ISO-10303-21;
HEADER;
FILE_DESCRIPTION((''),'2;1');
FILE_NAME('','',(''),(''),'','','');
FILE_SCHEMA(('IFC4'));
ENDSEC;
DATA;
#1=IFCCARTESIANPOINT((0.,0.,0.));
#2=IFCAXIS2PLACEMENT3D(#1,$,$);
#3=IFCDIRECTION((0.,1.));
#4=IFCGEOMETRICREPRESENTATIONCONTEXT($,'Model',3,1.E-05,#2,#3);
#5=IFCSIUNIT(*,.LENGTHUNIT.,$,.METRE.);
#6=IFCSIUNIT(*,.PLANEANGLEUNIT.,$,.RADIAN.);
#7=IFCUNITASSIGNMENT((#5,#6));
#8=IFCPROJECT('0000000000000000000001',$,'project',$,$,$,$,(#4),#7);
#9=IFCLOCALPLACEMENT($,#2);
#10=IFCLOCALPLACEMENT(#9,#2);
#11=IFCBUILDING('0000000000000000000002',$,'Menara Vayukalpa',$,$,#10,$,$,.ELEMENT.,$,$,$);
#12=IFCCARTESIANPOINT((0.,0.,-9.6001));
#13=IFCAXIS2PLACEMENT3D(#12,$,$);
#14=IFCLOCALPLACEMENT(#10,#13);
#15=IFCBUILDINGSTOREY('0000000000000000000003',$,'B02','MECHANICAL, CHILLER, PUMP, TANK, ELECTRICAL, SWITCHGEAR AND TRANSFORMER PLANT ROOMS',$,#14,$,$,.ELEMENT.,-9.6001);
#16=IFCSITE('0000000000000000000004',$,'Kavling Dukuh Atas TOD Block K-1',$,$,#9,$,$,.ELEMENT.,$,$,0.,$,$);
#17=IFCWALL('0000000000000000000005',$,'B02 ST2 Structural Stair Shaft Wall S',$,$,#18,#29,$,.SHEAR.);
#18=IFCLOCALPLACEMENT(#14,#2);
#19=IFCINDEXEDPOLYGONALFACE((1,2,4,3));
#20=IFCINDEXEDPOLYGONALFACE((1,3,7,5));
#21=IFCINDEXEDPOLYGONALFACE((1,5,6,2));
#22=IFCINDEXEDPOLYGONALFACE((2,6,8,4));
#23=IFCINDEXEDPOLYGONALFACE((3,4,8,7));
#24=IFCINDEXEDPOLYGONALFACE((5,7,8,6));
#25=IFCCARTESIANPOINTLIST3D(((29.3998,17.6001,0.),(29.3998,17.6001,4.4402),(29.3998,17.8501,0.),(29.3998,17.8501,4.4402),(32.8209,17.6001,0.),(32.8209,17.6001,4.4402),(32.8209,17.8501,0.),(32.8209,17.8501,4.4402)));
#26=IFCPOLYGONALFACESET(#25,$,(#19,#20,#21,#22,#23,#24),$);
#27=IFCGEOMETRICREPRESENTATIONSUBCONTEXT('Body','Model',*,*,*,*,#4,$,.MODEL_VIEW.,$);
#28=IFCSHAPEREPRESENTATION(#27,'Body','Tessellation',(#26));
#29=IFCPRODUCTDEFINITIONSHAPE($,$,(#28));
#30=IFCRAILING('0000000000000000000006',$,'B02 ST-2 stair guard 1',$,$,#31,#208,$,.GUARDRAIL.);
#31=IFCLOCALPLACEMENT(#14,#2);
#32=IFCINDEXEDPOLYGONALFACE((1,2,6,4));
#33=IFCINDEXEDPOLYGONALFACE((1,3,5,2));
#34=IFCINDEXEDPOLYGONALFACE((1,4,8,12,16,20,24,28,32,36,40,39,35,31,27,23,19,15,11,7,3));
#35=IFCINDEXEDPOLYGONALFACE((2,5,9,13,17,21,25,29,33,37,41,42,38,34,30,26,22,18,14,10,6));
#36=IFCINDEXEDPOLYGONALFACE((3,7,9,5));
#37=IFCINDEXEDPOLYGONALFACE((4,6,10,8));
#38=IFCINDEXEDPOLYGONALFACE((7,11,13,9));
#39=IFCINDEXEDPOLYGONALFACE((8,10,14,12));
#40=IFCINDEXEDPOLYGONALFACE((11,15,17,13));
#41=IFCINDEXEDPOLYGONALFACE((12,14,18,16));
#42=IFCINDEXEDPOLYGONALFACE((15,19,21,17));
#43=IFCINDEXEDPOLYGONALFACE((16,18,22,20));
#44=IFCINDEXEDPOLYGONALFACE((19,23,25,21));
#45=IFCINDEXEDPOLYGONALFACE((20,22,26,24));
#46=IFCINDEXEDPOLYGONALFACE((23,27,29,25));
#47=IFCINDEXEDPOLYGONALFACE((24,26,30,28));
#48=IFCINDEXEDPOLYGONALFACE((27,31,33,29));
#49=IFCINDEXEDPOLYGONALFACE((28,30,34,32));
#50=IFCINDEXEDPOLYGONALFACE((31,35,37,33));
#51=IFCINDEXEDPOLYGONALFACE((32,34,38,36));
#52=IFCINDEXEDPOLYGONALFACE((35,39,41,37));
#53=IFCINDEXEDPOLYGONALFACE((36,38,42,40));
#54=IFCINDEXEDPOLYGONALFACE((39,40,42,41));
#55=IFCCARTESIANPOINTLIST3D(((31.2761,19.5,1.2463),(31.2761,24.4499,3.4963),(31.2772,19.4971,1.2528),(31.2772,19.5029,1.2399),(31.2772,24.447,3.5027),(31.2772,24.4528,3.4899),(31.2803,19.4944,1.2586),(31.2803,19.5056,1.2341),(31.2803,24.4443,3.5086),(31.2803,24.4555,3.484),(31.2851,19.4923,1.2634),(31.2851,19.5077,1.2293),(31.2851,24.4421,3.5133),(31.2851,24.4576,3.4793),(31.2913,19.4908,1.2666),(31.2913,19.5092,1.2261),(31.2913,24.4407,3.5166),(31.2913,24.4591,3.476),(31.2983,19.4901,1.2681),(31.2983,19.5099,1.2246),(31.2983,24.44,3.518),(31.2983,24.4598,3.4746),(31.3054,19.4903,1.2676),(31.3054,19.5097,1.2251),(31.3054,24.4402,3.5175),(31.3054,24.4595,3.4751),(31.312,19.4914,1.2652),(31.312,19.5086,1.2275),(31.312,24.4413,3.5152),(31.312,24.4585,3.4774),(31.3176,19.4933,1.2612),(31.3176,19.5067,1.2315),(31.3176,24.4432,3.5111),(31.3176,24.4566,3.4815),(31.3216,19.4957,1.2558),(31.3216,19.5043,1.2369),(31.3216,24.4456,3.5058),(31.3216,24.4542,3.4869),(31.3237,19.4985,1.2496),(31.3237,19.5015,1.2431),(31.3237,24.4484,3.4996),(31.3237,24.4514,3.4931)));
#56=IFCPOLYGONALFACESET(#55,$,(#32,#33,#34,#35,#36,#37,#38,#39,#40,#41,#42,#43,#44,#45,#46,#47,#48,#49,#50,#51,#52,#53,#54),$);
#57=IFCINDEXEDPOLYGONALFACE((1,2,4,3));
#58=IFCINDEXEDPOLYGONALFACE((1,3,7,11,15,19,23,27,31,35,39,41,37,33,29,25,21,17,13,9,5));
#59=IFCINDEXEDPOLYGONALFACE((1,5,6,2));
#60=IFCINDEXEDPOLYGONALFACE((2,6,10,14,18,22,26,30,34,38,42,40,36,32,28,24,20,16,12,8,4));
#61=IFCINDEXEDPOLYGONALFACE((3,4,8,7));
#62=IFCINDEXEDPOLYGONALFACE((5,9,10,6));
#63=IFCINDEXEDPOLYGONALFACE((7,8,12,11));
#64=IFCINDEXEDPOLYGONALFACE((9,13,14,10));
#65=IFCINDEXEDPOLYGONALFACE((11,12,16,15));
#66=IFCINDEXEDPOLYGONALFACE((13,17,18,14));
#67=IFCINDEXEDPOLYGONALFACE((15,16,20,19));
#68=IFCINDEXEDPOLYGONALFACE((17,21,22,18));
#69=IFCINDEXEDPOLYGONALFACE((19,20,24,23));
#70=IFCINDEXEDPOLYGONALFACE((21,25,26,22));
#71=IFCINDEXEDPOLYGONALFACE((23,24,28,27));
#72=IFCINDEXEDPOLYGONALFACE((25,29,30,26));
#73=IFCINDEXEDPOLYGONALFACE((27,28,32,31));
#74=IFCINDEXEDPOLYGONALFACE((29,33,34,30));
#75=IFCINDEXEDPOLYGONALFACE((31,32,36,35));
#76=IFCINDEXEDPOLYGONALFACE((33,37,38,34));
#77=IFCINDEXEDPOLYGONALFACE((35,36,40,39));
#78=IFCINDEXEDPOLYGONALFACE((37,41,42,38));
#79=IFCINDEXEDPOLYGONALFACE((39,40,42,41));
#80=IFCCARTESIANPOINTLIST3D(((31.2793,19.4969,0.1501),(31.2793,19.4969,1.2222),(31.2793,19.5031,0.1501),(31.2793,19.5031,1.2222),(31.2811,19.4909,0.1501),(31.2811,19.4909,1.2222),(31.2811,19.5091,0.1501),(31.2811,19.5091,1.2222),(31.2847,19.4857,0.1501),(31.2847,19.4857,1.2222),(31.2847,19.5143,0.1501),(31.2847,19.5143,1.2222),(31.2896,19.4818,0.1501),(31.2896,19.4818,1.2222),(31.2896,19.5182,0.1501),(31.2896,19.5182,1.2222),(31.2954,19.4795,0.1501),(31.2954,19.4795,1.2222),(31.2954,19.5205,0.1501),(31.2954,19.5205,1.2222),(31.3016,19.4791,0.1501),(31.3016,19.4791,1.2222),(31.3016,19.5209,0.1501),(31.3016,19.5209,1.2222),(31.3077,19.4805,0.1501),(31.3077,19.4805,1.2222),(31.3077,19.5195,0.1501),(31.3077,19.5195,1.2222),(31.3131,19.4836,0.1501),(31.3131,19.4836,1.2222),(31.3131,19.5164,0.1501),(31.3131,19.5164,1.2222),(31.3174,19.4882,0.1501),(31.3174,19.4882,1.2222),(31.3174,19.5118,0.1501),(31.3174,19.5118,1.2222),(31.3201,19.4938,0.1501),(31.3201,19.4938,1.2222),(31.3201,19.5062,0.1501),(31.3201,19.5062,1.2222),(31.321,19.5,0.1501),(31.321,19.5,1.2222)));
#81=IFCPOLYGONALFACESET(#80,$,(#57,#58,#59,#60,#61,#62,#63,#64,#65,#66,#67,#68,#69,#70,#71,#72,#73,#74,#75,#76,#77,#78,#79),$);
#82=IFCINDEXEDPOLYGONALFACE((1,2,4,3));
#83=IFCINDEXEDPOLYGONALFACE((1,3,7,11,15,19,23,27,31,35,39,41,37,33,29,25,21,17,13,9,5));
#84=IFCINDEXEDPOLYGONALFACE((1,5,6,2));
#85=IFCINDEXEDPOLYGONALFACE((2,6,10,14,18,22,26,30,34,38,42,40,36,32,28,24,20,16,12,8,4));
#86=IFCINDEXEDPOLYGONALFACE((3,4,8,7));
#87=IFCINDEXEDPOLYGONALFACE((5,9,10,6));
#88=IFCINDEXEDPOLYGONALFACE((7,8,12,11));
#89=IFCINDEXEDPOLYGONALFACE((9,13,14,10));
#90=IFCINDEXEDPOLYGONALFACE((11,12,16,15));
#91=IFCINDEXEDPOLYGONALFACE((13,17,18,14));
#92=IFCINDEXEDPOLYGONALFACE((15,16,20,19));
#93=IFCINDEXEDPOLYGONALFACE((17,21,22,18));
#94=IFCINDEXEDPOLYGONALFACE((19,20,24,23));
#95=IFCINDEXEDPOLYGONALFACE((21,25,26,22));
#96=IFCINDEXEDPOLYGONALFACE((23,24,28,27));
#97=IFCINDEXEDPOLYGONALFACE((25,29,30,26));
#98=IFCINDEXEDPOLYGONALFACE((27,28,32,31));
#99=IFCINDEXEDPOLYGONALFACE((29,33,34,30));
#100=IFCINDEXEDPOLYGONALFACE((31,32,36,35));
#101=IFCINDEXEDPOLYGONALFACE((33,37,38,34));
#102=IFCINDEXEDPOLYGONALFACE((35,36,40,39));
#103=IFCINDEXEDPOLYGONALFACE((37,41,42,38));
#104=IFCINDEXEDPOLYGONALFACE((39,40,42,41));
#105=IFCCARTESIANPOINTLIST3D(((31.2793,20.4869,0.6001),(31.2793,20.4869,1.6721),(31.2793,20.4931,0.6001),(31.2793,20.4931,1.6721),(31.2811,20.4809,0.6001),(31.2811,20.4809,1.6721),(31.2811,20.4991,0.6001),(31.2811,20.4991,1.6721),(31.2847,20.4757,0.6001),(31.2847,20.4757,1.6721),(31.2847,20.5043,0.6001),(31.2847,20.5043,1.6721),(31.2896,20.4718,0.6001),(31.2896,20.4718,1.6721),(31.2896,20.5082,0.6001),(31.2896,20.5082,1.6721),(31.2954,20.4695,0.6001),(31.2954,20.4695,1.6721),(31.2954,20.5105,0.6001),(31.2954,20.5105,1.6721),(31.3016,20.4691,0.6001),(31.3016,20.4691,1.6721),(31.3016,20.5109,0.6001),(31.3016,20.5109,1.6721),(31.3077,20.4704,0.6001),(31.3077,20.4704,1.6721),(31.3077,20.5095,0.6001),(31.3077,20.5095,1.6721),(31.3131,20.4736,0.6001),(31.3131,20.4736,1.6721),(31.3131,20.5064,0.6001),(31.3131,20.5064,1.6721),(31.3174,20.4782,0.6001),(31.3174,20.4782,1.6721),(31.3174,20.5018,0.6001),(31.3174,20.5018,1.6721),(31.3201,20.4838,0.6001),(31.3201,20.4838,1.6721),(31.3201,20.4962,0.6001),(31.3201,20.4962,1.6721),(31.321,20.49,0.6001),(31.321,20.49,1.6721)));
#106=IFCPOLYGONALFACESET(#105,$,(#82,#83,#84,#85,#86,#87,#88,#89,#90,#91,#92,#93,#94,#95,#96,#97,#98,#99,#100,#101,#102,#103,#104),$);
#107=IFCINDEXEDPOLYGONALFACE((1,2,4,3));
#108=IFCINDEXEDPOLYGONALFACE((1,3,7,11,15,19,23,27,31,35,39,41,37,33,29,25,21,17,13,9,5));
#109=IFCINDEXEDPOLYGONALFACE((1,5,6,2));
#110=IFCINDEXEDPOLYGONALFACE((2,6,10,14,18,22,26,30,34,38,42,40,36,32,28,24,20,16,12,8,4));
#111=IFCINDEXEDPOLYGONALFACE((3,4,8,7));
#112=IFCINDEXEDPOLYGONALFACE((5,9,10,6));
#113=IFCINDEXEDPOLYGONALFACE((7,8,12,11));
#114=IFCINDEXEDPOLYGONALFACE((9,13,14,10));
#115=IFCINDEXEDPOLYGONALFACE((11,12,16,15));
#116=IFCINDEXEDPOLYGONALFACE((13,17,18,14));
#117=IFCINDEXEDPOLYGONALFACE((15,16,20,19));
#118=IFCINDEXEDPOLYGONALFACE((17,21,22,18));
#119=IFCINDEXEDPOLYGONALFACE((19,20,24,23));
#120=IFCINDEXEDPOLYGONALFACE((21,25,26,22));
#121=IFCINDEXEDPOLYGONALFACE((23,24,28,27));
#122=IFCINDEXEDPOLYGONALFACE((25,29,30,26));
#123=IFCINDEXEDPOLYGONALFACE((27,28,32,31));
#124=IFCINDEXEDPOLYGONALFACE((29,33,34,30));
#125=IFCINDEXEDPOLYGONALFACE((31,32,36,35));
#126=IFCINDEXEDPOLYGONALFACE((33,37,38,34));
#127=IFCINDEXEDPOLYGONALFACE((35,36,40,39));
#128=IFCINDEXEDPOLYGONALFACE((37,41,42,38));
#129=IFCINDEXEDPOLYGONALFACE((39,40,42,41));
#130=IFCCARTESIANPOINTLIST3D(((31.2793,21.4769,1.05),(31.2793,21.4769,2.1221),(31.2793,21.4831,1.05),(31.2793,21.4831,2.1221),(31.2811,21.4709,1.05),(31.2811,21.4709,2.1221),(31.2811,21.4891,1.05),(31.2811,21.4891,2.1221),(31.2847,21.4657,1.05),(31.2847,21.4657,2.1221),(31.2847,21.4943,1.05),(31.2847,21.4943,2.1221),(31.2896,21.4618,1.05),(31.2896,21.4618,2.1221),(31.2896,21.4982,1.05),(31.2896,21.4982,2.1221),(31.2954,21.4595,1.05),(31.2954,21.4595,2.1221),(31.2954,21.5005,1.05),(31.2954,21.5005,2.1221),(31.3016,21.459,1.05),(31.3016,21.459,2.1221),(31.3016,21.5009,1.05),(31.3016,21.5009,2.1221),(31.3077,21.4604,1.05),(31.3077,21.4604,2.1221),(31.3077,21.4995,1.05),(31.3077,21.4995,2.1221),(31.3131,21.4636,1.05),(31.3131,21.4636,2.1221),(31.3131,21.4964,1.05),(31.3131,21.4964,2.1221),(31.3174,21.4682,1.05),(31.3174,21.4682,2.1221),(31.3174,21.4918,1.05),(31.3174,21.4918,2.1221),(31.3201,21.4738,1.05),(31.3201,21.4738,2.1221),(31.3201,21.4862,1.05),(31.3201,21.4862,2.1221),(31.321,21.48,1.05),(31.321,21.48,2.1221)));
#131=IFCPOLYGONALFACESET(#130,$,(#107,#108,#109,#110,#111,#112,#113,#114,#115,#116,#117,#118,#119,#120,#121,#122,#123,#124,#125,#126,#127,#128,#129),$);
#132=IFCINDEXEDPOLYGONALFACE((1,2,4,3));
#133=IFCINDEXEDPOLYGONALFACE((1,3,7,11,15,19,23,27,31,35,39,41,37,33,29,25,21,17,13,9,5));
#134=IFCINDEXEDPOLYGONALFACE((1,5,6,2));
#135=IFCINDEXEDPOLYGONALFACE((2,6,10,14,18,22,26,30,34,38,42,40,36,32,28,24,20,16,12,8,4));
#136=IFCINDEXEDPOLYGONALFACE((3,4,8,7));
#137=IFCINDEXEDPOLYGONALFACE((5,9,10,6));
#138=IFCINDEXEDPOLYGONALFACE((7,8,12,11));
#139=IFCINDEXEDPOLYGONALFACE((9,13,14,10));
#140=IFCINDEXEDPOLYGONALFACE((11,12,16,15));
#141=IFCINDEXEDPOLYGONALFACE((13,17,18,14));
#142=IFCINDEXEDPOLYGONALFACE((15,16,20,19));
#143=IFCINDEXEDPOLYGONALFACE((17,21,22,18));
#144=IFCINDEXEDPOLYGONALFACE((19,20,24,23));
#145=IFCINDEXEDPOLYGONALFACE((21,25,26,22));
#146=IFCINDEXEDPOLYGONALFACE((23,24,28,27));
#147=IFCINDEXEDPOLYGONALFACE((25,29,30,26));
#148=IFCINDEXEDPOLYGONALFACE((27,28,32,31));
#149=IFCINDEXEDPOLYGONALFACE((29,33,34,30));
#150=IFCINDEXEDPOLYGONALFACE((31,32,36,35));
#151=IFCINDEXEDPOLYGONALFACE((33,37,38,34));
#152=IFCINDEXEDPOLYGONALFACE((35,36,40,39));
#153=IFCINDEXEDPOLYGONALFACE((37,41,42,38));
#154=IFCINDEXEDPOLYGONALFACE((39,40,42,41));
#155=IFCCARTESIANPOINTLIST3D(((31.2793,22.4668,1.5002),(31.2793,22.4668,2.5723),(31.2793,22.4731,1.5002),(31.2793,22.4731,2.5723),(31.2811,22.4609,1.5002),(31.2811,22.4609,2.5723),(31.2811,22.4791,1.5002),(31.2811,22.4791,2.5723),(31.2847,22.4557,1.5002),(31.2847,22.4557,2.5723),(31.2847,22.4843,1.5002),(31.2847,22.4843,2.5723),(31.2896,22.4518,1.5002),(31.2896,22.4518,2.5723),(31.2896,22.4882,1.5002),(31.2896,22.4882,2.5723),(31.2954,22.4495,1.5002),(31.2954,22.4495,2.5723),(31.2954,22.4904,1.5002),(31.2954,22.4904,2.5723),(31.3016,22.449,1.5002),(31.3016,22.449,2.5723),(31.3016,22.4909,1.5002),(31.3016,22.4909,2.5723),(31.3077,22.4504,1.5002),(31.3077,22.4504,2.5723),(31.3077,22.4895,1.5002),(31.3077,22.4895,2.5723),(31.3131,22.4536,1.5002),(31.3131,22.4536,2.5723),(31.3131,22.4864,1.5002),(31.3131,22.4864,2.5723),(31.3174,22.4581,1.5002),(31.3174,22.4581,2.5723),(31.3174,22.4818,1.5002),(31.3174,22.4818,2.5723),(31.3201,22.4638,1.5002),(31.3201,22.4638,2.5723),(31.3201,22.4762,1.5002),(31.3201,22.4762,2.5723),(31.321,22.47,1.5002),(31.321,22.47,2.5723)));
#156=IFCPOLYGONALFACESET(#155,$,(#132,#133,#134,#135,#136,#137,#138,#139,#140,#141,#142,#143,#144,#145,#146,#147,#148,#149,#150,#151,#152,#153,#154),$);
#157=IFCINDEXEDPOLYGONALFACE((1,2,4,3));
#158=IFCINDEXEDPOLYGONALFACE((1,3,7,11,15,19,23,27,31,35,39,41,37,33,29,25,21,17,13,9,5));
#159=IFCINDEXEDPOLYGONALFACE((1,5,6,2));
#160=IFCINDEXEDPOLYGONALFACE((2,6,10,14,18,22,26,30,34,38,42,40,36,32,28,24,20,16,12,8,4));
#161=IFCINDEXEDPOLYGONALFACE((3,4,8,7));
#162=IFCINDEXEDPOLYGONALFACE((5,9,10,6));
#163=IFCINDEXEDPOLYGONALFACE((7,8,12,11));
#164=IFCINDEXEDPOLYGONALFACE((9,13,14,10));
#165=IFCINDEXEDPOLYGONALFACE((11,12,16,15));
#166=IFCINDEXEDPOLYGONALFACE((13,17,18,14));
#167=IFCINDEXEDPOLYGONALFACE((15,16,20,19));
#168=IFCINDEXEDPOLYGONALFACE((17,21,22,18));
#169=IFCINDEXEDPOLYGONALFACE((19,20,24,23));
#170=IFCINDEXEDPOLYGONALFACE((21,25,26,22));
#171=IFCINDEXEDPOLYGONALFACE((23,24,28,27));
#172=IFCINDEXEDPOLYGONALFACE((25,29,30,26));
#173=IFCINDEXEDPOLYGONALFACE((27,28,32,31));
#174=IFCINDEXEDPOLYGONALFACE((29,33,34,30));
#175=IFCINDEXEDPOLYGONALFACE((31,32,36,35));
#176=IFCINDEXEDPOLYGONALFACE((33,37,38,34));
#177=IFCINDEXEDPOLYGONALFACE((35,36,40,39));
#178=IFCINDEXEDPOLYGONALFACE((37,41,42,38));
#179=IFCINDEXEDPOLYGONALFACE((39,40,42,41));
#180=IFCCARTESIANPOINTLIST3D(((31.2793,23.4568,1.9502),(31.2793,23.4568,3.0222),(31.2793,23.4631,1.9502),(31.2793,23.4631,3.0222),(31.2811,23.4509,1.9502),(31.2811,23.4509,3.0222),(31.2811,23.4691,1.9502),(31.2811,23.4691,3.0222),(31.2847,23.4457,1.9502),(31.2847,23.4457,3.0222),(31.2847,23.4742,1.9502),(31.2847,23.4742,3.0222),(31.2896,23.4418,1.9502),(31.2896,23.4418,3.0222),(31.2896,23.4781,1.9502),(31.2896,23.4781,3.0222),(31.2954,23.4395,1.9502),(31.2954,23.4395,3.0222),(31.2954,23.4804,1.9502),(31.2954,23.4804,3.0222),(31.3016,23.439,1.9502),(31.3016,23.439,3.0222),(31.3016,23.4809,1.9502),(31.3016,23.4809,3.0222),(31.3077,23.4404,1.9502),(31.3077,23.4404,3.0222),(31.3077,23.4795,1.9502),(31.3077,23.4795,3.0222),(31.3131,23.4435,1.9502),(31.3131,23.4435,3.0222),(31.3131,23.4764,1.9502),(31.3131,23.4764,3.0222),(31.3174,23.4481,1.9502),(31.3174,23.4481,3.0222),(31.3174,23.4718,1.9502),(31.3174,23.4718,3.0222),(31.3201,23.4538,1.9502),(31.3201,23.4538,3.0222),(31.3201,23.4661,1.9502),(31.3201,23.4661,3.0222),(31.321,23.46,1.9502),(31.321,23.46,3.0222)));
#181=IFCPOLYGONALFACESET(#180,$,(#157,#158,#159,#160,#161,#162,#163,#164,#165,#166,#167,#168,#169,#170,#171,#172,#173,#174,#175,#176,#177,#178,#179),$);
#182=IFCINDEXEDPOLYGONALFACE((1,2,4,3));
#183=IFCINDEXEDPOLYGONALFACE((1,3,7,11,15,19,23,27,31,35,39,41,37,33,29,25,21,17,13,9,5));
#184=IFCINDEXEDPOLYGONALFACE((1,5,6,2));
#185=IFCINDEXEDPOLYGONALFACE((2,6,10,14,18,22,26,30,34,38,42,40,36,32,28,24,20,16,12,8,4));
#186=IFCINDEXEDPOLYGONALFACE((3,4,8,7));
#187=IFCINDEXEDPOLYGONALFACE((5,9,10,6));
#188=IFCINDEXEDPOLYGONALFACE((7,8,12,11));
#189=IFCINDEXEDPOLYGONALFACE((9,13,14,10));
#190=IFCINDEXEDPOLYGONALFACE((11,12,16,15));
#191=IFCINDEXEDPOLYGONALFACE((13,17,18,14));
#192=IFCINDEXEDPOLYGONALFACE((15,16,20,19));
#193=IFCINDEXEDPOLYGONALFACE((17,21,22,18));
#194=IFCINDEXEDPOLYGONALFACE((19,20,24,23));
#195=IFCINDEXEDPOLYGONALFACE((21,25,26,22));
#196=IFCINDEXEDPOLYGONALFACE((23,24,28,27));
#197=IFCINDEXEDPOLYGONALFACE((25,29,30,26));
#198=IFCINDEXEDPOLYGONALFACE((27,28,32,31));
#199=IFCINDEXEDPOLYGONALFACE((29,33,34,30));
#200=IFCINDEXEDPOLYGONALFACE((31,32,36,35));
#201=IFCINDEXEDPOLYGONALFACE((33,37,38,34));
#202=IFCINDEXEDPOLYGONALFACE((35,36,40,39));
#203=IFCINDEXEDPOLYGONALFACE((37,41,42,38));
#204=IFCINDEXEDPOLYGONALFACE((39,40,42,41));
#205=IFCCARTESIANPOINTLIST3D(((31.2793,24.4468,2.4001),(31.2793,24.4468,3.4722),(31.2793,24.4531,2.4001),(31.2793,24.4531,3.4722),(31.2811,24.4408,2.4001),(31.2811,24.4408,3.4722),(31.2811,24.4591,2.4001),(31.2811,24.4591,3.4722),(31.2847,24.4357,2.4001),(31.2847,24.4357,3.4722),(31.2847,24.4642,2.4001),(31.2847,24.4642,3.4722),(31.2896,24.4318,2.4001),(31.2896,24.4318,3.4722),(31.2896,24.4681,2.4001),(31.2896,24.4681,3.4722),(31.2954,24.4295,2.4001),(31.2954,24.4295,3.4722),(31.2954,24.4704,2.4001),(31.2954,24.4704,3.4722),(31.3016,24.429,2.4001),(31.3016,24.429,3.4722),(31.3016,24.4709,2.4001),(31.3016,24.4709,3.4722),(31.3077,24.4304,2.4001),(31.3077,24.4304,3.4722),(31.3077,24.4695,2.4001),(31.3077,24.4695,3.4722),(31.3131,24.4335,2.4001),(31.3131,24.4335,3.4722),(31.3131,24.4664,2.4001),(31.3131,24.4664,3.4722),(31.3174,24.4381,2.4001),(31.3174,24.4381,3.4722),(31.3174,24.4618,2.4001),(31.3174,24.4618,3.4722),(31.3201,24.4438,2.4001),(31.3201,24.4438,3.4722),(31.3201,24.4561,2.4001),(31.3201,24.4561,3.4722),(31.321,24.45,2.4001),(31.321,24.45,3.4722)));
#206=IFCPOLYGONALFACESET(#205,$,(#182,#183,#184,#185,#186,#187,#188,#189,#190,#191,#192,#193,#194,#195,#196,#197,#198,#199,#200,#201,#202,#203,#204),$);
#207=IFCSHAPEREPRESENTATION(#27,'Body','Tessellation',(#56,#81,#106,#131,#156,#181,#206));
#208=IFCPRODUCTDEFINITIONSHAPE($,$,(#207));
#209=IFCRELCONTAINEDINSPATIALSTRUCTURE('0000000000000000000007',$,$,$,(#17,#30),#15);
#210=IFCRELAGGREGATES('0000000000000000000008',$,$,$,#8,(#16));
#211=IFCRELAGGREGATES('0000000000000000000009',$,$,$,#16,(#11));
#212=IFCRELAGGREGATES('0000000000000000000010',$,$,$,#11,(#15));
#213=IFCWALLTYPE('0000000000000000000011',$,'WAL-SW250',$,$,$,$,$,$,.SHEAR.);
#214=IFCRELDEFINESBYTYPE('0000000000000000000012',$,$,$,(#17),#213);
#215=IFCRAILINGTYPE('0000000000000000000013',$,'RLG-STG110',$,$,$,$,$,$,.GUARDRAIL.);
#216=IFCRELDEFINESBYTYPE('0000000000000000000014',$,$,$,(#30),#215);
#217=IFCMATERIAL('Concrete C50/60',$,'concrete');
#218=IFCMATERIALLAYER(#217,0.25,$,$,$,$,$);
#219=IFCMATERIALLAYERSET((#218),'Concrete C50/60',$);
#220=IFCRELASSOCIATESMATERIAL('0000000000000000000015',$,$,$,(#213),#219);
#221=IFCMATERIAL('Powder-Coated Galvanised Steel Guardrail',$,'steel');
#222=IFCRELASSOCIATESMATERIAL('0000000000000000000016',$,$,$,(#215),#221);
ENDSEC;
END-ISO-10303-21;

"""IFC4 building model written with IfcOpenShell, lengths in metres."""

from ifc_helpers import new_model, si_unit, direction, frame, frame_2d, origin, origin_2d, place, context, subcontext, project, spatial, rectangle, circle, extrude, material, layer, layer_set, type_object, element, save


model = new_model("IFC4")

# Units and contexts
model_context = context("Model", 3, precision=1e-05, world=origin(), true_north=direction((0.0, 1.0)))
body_context = subcontext(model_context, "Body", "Model", "MODEL_VIEW")
ifc_project = project(units=[si_unit("LENGTHUNIT", "METRE"), si_unit("PLANEANGLEUNIT", "RADIAN")], contexts=[model_context])

# Site, building, storey
site_placement = place(None, origin())
site = spatial("IfcSite", under=ifc_project, at=site_placement, Name="Kavling Dukuh Atas TOD Block K-1", CompositionType="ELEMENT", RefElevation=0.0)
building_placement = place(site_placement, origin())
building = spatial("IfcBuilding", under=site, at=building_placement, Name="Menara Vayukalpa", CompositionType="ELEMENT")
storey_placement = place(building_placement, frame((0.0, 0.0, -9.6001)))
storey = spatial("IfcBuildingStorey", under=building, at=storey_placement, Name="B02", Description="MECHANICAL, CHILLER, PUMP, TANK, ELECTRICAL, SWITCHGEAR AND TRANSFORMER PLANT ROOMS", CompositionType="ELEMENT", Elevation=-9.6001)

# Shared definitions
ifc_material_1 = material(Name="Concrete C50/60", Category="concrete")
ifc_layer_1 = layer(ifc_material_1, 0.25)
ifc_layer_set_1 = layer_set([ifc_layer_1], Name="Concrete C50/60")
wall_type_1 = type_object("IfcWallType", Name="WAL-SW250", PredefinedType="SHEAR", material=ifc_layer_set_1)

# Wall
wall_1_placement = place(storey_placement, frame((29.3999, 17.7251, 0.0), z_axis=(0.0, 0.0, 1.0), x_axis=(1.0, 0.0, 0.0)))
element("IfcWall", 1, at=wall_1_placement, inside=storey, type_object=wall_type_1, Name="B02 ST2 Structural Stair Shaft Wall S", PredefinedType="SHEAR", context=body_context, shape_type="SweptSolid", body=[
    extrude(rectangle(XDim=3.4211, YDim=0.25, at=frame_2d((1.7104, 0.0))), origin(), (0.0, 0.0, 1.0), 4.4402),
])

# Railing
ifc_material_2 = material(Name="Powder-Coated Galvanised Steel Guardrail", Category="steel")
railing_type = type_object("IfcRailingType", Name="RLG-STG110", PredefinedType="GUARDRAIL", material=ifc_material_2)
railing_1_placement = place(storey_placement, frame((31.3, 19.5, 0.1501)))
element("IfcRailing", 2, at=railing_1_placement, inside=storey, type_object=railing_type, Name="B02 ST-2 stair guard 1", PredefinedType="GUARDRAIL", context=body_context, shape_type="SweptSolid", body=[
    extrude(circle(Radius=0.0239, at=origin_2d()), frame((0.0, 0.0, 1.0962), z_axis=(0.0, 0.910365, 0.413806), x_axis=(-1.0, 0.0, 0.0)), (0.0, 0.0, 1.0), 5.4373),
    extrude(circle(Radius=0.021, at=origin_2d()), origin(), (0.0, 0.0, 1.0), 1.072),
    extrude(circle(Radius=0.021, at=origin_2d()), frame((0.0, 0.99, 0.45)), (0.0, 0.0, 1.0), 1.072),
    extrude(circle(Radius=0.021, at=origin_2d()), frame((0.0, 1.98, 0.8999)), (0.0, 0.0, 1.0), 1.072),
    extrude(circle(Radius=0.021, at=origin_2d()), frame((0.0, 2.97, 1.3501)), (0.0, 0.0, 1.0), 1.072),
    extrude(circle(Radius=0.021, at=origin_2d()), frame((0.0, 3.96, 1.8)), (0.0, 0.0, 1.0), 1.072),
    extrude(circle(Radius=0.021, at=origin_2d()), frame((0.0, 4.95, 2.25)), (0.0, 0.0, 1.0), 1.072),
])

save(model, "model.ifc")
